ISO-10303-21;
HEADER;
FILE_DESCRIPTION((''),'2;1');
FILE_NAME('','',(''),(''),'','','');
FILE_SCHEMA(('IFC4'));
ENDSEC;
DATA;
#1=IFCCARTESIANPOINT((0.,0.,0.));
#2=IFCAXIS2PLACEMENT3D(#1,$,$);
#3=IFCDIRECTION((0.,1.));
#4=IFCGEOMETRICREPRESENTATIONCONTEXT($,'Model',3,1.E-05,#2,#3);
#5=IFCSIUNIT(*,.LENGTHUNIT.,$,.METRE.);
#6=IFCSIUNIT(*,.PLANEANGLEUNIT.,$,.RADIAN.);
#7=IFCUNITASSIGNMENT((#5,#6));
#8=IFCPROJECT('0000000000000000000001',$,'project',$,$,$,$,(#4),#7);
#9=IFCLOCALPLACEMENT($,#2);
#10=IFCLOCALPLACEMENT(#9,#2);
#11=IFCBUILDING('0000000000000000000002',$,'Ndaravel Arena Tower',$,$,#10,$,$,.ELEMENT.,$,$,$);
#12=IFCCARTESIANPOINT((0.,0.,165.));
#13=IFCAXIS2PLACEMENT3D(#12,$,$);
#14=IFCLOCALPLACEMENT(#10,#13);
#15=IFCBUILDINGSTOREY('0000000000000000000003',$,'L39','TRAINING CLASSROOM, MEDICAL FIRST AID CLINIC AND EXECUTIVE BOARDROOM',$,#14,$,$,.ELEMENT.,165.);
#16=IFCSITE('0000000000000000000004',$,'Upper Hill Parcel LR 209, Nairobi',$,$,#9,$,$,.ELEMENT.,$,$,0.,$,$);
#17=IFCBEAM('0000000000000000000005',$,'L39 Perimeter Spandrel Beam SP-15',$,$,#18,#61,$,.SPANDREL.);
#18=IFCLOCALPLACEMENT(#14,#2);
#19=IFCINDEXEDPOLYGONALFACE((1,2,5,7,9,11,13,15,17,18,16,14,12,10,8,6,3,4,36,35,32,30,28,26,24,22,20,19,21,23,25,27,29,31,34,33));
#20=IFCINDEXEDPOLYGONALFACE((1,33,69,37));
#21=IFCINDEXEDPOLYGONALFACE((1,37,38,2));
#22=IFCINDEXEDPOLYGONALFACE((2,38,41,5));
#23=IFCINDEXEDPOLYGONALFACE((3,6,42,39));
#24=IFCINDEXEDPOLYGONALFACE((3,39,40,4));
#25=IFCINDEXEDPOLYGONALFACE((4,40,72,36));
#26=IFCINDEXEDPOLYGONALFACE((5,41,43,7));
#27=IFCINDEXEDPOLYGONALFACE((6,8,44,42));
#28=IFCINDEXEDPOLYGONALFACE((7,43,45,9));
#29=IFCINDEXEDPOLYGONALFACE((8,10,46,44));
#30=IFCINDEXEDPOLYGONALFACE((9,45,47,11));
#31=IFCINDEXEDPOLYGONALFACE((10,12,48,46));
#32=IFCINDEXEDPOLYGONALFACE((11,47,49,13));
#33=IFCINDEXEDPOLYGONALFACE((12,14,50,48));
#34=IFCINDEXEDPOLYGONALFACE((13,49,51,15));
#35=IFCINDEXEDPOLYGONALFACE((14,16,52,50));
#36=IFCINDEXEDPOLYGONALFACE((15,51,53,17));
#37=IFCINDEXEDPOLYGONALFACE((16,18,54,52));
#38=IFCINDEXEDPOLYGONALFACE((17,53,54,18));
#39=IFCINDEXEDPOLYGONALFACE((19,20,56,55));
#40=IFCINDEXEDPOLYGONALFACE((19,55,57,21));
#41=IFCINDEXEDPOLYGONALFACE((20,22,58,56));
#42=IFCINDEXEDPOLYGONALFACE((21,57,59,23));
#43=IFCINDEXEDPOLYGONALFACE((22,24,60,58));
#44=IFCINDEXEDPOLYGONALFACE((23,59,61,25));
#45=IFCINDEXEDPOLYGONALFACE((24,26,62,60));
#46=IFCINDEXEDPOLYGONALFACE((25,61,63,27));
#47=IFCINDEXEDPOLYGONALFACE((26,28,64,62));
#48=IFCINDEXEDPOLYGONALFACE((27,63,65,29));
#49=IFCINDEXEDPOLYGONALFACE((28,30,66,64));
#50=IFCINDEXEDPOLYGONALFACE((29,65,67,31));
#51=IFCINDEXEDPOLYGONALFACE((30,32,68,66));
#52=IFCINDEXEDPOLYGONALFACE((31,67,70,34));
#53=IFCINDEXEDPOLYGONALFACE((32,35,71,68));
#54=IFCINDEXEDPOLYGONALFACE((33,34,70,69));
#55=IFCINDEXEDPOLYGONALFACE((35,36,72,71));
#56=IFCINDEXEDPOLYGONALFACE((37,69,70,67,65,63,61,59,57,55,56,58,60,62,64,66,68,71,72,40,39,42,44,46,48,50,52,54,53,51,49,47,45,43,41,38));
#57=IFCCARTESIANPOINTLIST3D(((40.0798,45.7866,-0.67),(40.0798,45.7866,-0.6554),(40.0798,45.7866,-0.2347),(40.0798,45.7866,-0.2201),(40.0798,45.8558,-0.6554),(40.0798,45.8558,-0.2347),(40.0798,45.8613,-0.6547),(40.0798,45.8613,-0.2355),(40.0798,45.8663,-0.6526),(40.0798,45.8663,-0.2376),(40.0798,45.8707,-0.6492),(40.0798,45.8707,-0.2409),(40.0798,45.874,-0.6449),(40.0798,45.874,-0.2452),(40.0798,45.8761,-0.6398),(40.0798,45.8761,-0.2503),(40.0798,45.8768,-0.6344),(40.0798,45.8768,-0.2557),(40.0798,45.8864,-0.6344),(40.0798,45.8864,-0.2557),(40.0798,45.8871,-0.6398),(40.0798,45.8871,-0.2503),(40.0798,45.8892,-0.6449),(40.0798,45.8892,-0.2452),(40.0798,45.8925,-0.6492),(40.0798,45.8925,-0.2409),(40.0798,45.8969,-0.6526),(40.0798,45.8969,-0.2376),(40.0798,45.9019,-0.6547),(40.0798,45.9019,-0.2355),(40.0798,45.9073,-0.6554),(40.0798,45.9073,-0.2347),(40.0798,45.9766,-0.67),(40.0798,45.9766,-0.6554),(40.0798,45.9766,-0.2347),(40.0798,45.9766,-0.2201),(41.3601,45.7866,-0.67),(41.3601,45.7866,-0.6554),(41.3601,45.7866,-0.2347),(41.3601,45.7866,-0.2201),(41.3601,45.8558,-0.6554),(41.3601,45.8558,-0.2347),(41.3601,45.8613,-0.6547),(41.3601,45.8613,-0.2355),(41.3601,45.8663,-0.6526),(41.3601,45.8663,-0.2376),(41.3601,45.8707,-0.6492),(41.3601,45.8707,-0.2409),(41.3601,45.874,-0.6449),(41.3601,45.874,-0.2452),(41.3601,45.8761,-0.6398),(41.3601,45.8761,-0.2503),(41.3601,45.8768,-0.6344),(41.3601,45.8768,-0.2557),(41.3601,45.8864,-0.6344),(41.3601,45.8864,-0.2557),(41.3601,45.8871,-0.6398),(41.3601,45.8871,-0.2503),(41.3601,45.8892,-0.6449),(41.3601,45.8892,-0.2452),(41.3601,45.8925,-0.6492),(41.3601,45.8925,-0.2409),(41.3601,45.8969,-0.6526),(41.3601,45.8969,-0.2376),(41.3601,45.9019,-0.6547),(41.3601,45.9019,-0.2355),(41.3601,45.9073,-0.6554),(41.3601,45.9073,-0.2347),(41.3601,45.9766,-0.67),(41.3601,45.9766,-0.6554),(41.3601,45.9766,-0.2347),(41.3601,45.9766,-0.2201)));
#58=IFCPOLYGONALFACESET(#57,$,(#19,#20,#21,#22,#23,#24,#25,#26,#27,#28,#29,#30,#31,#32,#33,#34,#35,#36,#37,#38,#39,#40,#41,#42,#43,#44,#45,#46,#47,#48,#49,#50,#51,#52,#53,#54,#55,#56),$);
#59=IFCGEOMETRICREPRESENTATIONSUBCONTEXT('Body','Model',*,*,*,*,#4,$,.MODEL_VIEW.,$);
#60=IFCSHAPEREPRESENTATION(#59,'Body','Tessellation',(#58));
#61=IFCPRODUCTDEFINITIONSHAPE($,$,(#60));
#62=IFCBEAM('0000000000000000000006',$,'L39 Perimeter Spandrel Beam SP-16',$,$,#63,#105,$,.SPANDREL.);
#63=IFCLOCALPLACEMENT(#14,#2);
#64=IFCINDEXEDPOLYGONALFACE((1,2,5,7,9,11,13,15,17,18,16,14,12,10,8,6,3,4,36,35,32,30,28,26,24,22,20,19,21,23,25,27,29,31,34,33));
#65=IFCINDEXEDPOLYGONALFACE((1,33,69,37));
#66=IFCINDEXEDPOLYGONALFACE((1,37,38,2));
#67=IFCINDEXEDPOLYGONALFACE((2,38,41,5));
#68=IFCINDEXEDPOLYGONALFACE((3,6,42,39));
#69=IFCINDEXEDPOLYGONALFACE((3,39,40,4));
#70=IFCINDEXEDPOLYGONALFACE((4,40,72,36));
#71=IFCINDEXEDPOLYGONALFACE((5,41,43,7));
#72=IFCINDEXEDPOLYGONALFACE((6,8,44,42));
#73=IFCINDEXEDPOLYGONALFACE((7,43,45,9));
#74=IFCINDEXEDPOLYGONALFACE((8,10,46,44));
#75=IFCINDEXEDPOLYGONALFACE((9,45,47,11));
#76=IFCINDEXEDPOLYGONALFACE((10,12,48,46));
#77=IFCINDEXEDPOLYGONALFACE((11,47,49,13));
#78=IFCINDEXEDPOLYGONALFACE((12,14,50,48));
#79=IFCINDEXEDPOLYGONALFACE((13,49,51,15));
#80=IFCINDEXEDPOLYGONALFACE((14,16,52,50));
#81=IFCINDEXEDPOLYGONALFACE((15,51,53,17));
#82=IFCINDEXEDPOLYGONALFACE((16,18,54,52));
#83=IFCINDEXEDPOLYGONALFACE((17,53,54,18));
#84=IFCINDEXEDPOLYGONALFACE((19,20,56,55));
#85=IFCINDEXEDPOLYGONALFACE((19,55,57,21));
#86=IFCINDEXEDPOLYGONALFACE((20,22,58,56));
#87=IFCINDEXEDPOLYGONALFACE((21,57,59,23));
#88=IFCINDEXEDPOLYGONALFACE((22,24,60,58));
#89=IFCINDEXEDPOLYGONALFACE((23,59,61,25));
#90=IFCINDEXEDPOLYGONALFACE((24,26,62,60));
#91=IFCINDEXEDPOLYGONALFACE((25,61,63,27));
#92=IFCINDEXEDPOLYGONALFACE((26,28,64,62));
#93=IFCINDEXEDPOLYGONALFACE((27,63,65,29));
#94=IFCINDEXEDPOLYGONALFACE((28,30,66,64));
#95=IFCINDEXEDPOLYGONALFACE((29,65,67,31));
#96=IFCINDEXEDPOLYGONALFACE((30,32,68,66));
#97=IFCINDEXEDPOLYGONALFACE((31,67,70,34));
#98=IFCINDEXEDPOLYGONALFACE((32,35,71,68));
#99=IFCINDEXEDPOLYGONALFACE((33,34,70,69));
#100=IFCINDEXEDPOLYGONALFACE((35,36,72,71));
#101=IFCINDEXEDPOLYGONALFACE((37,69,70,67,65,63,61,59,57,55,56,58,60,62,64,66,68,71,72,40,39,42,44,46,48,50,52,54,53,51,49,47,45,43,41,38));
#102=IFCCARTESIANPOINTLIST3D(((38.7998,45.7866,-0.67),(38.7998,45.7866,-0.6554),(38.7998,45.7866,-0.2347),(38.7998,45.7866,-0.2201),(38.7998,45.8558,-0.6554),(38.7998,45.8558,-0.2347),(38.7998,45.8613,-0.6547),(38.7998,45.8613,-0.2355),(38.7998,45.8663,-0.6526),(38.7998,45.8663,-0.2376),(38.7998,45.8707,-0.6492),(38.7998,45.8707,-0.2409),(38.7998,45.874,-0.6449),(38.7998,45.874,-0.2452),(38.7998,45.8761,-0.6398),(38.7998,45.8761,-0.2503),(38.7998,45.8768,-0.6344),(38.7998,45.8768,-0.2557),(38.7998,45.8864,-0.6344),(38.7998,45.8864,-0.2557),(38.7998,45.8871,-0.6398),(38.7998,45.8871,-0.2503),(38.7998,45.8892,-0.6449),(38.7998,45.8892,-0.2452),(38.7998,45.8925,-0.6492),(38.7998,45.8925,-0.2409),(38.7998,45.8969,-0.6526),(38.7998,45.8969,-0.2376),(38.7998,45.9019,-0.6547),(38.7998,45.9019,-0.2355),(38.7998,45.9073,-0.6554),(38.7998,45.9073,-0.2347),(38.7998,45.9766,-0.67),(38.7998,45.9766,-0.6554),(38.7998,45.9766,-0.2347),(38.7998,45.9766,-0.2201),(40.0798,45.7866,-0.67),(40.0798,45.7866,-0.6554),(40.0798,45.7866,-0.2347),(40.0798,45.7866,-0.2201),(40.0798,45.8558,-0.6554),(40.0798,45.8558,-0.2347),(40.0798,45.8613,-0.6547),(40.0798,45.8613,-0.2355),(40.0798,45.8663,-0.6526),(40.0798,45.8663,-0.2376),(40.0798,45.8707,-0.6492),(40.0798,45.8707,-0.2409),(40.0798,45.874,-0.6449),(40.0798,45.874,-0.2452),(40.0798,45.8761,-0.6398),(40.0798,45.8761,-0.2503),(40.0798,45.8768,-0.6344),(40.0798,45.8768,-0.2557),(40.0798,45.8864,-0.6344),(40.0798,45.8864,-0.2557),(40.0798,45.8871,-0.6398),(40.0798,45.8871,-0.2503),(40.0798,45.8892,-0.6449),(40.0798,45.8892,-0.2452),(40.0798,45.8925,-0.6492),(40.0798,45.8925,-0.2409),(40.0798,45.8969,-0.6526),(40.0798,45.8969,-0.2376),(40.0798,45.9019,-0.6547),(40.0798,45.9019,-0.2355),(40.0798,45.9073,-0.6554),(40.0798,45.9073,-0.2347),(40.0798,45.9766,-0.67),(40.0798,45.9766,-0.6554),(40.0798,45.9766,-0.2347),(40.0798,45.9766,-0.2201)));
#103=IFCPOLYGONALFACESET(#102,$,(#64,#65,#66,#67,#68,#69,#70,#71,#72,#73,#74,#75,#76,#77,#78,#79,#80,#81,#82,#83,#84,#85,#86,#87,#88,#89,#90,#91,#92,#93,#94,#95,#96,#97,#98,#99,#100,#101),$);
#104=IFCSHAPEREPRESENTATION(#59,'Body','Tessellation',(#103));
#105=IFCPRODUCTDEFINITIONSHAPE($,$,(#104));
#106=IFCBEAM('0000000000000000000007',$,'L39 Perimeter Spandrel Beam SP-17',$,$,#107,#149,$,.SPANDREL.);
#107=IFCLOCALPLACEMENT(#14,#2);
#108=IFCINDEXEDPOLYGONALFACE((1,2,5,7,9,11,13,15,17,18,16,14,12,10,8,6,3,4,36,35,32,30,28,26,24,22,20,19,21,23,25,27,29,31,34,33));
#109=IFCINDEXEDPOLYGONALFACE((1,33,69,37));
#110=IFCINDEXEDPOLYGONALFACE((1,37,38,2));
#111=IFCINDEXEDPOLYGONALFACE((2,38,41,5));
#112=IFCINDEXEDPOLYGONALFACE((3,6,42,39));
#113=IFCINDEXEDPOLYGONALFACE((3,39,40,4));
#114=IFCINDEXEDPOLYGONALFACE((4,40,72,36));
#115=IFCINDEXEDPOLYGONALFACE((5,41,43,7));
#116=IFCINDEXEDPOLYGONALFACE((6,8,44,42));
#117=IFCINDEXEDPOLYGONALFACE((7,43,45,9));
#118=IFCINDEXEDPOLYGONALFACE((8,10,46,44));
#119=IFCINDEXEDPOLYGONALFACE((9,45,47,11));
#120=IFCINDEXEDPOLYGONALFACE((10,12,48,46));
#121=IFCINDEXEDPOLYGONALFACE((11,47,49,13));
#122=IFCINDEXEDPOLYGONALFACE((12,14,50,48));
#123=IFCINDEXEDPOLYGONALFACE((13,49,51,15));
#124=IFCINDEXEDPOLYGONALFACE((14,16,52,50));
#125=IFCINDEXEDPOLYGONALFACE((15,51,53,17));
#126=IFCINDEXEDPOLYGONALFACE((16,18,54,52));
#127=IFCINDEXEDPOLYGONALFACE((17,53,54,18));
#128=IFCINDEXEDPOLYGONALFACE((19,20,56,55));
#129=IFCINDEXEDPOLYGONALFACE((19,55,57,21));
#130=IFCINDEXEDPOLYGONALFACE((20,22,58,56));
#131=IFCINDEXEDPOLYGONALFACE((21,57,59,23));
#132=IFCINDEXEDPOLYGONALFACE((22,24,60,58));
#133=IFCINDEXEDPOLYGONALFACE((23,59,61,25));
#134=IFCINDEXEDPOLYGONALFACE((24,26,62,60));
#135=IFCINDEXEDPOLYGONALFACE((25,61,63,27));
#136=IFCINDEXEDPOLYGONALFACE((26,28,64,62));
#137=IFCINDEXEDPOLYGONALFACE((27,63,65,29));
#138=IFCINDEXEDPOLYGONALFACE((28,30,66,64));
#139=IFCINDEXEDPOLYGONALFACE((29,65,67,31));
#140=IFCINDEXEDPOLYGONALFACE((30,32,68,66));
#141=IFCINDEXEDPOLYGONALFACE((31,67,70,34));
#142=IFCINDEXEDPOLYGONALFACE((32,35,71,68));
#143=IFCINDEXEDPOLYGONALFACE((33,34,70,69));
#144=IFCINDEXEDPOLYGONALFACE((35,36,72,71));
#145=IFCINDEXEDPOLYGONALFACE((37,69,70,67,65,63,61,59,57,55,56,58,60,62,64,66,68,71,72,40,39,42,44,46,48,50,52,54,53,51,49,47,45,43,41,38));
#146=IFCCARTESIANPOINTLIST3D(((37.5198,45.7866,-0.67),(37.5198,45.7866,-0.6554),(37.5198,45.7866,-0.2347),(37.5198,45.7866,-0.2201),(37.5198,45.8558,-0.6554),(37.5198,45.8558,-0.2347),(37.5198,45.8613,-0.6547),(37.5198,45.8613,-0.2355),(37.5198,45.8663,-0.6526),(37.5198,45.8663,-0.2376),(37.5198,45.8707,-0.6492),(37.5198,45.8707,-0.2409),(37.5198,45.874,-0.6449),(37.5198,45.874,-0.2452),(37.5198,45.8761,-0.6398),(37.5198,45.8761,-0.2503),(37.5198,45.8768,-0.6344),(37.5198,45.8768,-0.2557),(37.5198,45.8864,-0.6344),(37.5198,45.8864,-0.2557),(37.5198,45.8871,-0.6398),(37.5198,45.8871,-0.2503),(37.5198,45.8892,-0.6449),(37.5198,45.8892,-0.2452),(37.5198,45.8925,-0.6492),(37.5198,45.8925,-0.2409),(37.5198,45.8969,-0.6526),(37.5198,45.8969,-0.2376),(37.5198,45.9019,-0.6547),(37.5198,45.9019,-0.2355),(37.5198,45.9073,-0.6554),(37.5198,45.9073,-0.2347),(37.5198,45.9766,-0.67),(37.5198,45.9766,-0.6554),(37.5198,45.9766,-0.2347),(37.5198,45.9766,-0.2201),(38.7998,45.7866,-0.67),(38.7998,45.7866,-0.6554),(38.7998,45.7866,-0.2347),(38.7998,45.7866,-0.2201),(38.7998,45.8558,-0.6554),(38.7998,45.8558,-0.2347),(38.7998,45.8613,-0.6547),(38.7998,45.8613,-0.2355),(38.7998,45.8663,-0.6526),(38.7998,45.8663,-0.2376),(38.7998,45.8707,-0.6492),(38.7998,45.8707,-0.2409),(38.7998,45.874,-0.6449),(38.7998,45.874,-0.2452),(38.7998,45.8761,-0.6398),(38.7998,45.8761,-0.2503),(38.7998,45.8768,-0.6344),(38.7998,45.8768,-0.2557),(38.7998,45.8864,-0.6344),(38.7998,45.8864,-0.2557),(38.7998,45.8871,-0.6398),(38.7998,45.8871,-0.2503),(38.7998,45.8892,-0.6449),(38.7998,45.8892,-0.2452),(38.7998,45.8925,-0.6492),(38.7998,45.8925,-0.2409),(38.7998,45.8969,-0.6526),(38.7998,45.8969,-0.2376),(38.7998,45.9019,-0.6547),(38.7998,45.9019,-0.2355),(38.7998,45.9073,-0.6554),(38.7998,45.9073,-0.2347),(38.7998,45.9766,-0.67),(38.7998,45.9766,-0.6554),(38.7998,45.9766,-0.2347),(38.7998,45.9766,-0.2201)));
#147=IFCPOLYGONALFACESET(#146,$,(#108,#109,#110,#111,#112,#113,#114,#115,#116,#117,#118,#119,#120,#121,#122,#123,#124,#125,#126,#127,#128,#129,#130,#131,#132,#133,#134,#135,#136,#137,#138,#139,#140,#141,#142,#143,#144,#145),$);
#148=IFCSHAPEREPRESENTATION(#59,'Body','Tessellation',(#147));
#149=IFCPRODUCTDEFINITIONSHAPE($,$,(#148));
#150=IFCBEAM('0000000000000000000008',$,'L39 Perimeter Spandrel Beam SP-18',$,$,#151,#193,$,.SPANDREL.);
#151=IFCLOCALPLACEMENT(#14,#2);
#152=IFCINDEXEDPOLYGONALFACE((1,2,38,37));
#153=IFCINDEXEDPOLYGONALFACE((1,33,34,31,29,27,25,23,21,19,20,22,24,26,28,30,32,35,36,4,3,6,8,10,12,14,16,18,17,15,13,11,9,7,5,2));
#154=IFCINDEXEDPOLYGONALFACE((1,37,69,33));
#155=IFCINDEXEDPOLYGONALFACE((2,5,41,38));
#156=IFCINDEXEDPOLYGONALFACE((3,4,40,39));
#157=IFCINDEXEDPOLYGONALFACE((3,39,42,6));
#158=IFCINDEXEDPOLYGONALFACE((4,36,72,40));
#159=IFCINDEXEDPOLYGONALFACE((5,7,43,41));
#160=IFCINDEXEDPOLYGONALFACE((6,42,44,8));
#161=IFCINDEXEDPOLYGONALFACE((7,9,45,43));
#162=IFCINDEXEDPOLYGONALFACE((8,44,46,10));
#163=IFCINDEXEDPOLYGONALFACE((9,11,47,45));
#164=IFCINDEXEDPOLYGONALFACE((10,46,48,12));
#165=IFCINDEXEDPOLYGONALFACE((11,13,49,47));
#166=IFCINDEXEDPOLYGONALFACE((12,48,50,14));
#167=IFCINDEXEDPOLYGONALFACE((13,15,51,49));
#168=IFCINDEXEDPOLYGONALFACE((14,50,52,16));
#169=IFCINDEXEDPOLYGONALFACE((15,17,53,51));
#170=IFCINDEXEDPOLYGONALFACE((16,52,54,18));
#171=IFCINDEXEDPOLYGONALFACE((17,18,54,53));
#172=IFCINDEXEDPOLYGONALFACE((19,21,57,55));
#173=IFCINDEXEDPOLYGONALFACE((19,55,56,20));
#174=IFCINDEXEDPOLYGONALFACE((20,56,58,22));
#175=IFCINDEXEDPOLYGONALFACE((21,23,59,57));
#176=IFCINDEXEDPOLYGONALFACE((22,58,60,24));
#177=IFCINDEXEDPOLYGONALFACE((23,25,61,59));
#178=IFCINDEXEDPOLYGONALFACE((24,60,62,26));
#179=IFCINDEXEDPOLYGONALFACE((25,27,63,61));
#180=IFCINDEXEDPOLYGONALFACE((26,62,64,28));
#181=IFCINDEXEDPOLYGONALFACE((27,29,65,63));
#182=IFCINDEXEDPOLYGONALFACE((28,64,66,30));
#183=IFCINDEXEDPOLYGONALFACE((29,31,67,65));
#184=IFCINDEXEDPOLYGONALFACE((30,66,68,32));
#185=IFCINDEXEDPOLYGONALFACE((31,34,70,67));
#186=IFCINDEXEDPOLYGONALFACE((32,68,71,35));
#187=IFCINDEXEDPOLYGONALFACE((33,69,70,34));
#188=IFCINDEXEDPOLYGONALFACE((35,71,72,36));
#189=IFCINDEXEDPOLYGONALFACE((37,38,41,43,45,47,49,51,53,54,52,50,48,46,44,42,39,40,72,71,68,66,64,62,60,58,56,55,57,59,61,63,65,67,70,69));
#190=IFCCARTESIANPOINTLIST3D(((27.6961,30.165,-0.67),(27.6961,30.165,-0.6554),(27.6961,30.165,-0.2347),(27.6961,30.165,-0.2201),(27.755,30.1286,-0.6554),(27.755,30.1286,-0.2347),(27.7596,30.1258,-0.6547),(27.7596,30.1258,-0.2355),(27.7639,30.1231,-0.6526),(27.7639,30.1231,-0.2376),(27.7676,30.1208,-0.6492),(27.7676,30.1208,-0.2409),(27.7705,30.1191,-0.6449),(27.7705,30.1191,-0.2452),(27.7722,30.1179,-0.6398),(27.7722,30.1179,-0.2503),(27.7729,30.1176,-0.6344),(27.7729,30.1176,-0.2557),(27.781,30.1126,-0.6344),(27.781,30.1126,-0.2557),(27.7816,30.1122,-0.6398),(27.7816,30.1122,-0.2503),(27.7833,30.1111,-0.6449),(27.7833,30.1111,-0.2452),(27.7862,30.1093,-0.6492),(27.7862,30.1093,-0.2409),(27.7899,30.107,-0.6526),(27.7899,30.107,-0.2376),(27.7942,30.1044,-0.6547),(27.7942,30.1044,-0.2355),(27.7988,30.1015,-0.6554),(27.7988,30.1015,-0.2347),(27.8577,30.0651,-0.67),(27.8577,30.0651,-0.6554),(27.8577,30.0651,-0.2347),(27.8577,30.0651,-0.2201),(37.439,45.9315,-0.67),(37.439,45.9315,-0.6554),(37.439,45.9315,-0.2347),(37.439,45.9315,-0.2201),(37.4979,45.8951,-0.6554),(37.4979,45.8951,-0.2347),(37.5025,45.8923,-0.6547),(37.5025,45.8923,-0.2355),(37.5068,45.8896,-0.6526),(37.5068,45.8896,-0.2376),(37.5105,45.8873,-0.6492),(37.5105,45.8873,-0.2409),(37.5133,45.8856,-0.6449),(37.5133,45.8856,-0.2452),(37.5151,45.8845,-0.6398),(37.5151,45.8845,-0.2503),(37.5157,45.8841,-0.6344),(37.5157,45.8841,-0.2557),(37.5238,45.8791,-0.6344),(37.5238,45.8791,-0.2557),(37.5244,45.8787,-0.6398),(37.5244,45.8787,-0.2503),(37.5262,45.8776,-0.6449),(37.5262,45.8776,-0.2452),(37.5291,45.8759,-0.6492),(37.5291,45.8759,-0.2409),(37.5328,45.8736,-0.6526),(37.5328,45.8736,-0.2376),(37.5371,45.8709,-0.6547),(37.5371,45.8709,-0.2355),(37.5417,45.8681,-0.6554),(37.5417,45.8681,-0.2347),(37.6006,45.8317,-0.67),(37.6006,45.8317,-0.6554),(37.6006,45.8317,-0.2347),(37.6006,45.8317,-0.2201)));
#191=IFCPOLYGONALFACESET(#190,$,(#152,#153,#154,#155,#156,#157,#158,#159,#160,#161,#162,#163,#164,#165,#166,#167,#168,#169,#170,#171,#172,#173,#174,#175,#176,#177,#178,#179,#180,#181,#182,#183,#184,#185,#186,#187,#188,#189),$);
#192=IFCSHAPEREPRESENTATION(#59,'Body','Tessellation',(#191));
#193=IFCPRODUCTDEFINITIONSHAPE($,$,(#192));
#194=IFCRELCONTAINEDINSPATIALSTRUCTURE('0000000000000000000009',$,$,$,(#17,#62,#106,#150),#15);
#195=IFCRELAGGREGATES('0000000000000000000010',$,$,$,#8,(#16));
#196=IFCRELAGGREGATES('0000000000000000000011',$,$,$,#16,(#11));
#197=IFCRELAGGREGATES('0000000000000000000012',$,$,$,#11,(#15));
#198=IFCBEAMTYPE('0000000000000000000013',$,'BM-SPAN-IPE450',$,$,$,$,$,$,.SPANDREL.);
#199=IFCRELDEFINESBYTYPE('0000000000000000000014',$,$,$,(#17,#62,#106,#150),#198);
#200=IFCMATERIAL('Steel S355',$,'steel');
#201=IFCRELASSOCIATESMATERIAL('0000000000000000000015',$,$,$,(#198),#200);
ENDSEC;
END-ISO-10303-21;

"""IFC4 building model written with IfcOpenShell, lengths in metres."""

from ifc_helpers import new_model, si_unit, direction, frame, origin, origin_2d, place, context, subcontext, project, spatial, i_section, extrude, material, material_profile, profile_set, type_object, element, save


model = new_model("IFC4")

# Units and contexts
model_context = context("Model", 3, precision=1e-05, world=origin(), true_north=direction((0.0, 1.0)))
body_context = subcontext(model_context, "Body", "Model", "MODEL_VIEW")
ifc_project = project(units=[si_unit("LENGTHUNIT", "METRE"), si_unit("PLANEANGLEUNIT", "RADIAN")], contexts=[model_context])

# Site, building, storey
site_placement = place(None, origin())
site = spatial("IfcSite", under=ifc_project, at=site_placement, Name="Upper Hill Parcel LR 209, Nairobi", CompositionType="ELEMENT", RefElevation=0.0)
building_placement = place(site_placement, origin())
building = spatial("IfcBuilding", under=site, at=building_placement, Name="Ndaravel Arena Tower", CompositionType="ELEMENT")
storey_placement = place(building_placement, frame((0.0, 0.0, 165.0)))
storey = spatial("IfcBuildingStorey", under=building, at=storey_placement, Name="L39", Description="TRAINING CLASSROOM, MEDICAL FIRST AID CLINIC AND EXECUTIVE BOARDROOM", CompositionType="ELEMENT", Elevation=165.0)

# Beams
ifc_material_1 = material(Name="Steel S355", Category="steel")
ifc_material_profile_1 = material_profile(ifc_material_1, i_section(OverallWidth=0.1899, OverallDepth=0.45, WebThickness=0.0095, FlangeThickness=0.0146, FilletRadius=0.021, at=origin_2d()), Name="IPE 450")
ifc_profile_set_1 = profile_set([ifc_material_profile_1], Name="Steel S355")
beam_type_1 = type_object("IfcBeamType", Name="BM-SPAN-IPE450", PredefinedType="SPANDREL", material=ifc_profile_set_1)
beam_1_placement = place(storey_placement, frame((41.3601, 45.8816, -0.4451), z_axis=(-1.0, 0.0, 0.0), x_axis=(0.0, -1.0, 0.0)))
element("IfcBeam", 1, at=beam_1_placement, inside=storey, type_object=beam_type_1, Name="L39 Perimeter Spandrel Beam SP-15", PredefinedType="SPANDREL", context=body_context, shape_type="SweptSolid", body=[
    extrude(i_section(OverallWidth=0.1899, OverallDepth=0.45, WebThickness=0.0095, FlangeThickness=0.0146, FilletRadius=0.021, at=origin_2d()), origin(), (0.0, 0.0, 1.0), 1.2803),
])
for number, where, z_axis, x_axis, name in (
    (2, (40.0798, 45.8816, -0.4451), (-1.0, 0.0, 0.0), (0.0, -1.0, 0.0), "L39 Perimeter Spandrel Beam SP-16"),
    (3, (38.7998, 45.8816, -0.4451), (-1.0, 0.0, 0.0), (0.0, -1.0, 0.0), "L39 Perimeter Spandrel Beam SP-17"),
):
    element("IfcBeam", number, at=place(storey_placement, frame(where, z_axis=z_axis, x_axis=x_axis)), inside=storey, type_object=beam_type_1, Name=name, PredefinedType="SPANDREL", context=body_context, shape_type="SweptSolid", body=[
        extrude(i_section(OverallWidth=0.1899, OverallDepth=0.45, WebThickness=0.0095, FlangeThickness=0.0146, FilletRadius=0.021, at=origin_2d()), origin(), (0.0, 0.0, 1.0), 1.28),
    ])
for number, where, z_axis, x_axis, name in (
    (4, (37.5198, 45.8816, -0.4451), (-0.525677, -0.850684, 0.0), (0.850684, -0.525677, 0.0), "L39 Perimeter Spandrel Beam SP-18"),
):
    element("IfcBeam", number, at=place(storey_placement, frame(where, z_axis=z_axis, x_axis=x_axis)), inside=storey, type_object=beam_type_1, Name=name, PredefinedType="SPANDREL", context=body_context, shape_type="SweptSolid", body=[
        extrude(i_section(OverallWidth=0.1899, OverallDepth=0.45, WebThickness=0.0095, FlangeThickness=0.0146, FilletRadius=0.021, at=origin_2d()), origin(), (0.0, 0.0, 1.0), 18.5339),
    ])

save(model, "model.ifc")
